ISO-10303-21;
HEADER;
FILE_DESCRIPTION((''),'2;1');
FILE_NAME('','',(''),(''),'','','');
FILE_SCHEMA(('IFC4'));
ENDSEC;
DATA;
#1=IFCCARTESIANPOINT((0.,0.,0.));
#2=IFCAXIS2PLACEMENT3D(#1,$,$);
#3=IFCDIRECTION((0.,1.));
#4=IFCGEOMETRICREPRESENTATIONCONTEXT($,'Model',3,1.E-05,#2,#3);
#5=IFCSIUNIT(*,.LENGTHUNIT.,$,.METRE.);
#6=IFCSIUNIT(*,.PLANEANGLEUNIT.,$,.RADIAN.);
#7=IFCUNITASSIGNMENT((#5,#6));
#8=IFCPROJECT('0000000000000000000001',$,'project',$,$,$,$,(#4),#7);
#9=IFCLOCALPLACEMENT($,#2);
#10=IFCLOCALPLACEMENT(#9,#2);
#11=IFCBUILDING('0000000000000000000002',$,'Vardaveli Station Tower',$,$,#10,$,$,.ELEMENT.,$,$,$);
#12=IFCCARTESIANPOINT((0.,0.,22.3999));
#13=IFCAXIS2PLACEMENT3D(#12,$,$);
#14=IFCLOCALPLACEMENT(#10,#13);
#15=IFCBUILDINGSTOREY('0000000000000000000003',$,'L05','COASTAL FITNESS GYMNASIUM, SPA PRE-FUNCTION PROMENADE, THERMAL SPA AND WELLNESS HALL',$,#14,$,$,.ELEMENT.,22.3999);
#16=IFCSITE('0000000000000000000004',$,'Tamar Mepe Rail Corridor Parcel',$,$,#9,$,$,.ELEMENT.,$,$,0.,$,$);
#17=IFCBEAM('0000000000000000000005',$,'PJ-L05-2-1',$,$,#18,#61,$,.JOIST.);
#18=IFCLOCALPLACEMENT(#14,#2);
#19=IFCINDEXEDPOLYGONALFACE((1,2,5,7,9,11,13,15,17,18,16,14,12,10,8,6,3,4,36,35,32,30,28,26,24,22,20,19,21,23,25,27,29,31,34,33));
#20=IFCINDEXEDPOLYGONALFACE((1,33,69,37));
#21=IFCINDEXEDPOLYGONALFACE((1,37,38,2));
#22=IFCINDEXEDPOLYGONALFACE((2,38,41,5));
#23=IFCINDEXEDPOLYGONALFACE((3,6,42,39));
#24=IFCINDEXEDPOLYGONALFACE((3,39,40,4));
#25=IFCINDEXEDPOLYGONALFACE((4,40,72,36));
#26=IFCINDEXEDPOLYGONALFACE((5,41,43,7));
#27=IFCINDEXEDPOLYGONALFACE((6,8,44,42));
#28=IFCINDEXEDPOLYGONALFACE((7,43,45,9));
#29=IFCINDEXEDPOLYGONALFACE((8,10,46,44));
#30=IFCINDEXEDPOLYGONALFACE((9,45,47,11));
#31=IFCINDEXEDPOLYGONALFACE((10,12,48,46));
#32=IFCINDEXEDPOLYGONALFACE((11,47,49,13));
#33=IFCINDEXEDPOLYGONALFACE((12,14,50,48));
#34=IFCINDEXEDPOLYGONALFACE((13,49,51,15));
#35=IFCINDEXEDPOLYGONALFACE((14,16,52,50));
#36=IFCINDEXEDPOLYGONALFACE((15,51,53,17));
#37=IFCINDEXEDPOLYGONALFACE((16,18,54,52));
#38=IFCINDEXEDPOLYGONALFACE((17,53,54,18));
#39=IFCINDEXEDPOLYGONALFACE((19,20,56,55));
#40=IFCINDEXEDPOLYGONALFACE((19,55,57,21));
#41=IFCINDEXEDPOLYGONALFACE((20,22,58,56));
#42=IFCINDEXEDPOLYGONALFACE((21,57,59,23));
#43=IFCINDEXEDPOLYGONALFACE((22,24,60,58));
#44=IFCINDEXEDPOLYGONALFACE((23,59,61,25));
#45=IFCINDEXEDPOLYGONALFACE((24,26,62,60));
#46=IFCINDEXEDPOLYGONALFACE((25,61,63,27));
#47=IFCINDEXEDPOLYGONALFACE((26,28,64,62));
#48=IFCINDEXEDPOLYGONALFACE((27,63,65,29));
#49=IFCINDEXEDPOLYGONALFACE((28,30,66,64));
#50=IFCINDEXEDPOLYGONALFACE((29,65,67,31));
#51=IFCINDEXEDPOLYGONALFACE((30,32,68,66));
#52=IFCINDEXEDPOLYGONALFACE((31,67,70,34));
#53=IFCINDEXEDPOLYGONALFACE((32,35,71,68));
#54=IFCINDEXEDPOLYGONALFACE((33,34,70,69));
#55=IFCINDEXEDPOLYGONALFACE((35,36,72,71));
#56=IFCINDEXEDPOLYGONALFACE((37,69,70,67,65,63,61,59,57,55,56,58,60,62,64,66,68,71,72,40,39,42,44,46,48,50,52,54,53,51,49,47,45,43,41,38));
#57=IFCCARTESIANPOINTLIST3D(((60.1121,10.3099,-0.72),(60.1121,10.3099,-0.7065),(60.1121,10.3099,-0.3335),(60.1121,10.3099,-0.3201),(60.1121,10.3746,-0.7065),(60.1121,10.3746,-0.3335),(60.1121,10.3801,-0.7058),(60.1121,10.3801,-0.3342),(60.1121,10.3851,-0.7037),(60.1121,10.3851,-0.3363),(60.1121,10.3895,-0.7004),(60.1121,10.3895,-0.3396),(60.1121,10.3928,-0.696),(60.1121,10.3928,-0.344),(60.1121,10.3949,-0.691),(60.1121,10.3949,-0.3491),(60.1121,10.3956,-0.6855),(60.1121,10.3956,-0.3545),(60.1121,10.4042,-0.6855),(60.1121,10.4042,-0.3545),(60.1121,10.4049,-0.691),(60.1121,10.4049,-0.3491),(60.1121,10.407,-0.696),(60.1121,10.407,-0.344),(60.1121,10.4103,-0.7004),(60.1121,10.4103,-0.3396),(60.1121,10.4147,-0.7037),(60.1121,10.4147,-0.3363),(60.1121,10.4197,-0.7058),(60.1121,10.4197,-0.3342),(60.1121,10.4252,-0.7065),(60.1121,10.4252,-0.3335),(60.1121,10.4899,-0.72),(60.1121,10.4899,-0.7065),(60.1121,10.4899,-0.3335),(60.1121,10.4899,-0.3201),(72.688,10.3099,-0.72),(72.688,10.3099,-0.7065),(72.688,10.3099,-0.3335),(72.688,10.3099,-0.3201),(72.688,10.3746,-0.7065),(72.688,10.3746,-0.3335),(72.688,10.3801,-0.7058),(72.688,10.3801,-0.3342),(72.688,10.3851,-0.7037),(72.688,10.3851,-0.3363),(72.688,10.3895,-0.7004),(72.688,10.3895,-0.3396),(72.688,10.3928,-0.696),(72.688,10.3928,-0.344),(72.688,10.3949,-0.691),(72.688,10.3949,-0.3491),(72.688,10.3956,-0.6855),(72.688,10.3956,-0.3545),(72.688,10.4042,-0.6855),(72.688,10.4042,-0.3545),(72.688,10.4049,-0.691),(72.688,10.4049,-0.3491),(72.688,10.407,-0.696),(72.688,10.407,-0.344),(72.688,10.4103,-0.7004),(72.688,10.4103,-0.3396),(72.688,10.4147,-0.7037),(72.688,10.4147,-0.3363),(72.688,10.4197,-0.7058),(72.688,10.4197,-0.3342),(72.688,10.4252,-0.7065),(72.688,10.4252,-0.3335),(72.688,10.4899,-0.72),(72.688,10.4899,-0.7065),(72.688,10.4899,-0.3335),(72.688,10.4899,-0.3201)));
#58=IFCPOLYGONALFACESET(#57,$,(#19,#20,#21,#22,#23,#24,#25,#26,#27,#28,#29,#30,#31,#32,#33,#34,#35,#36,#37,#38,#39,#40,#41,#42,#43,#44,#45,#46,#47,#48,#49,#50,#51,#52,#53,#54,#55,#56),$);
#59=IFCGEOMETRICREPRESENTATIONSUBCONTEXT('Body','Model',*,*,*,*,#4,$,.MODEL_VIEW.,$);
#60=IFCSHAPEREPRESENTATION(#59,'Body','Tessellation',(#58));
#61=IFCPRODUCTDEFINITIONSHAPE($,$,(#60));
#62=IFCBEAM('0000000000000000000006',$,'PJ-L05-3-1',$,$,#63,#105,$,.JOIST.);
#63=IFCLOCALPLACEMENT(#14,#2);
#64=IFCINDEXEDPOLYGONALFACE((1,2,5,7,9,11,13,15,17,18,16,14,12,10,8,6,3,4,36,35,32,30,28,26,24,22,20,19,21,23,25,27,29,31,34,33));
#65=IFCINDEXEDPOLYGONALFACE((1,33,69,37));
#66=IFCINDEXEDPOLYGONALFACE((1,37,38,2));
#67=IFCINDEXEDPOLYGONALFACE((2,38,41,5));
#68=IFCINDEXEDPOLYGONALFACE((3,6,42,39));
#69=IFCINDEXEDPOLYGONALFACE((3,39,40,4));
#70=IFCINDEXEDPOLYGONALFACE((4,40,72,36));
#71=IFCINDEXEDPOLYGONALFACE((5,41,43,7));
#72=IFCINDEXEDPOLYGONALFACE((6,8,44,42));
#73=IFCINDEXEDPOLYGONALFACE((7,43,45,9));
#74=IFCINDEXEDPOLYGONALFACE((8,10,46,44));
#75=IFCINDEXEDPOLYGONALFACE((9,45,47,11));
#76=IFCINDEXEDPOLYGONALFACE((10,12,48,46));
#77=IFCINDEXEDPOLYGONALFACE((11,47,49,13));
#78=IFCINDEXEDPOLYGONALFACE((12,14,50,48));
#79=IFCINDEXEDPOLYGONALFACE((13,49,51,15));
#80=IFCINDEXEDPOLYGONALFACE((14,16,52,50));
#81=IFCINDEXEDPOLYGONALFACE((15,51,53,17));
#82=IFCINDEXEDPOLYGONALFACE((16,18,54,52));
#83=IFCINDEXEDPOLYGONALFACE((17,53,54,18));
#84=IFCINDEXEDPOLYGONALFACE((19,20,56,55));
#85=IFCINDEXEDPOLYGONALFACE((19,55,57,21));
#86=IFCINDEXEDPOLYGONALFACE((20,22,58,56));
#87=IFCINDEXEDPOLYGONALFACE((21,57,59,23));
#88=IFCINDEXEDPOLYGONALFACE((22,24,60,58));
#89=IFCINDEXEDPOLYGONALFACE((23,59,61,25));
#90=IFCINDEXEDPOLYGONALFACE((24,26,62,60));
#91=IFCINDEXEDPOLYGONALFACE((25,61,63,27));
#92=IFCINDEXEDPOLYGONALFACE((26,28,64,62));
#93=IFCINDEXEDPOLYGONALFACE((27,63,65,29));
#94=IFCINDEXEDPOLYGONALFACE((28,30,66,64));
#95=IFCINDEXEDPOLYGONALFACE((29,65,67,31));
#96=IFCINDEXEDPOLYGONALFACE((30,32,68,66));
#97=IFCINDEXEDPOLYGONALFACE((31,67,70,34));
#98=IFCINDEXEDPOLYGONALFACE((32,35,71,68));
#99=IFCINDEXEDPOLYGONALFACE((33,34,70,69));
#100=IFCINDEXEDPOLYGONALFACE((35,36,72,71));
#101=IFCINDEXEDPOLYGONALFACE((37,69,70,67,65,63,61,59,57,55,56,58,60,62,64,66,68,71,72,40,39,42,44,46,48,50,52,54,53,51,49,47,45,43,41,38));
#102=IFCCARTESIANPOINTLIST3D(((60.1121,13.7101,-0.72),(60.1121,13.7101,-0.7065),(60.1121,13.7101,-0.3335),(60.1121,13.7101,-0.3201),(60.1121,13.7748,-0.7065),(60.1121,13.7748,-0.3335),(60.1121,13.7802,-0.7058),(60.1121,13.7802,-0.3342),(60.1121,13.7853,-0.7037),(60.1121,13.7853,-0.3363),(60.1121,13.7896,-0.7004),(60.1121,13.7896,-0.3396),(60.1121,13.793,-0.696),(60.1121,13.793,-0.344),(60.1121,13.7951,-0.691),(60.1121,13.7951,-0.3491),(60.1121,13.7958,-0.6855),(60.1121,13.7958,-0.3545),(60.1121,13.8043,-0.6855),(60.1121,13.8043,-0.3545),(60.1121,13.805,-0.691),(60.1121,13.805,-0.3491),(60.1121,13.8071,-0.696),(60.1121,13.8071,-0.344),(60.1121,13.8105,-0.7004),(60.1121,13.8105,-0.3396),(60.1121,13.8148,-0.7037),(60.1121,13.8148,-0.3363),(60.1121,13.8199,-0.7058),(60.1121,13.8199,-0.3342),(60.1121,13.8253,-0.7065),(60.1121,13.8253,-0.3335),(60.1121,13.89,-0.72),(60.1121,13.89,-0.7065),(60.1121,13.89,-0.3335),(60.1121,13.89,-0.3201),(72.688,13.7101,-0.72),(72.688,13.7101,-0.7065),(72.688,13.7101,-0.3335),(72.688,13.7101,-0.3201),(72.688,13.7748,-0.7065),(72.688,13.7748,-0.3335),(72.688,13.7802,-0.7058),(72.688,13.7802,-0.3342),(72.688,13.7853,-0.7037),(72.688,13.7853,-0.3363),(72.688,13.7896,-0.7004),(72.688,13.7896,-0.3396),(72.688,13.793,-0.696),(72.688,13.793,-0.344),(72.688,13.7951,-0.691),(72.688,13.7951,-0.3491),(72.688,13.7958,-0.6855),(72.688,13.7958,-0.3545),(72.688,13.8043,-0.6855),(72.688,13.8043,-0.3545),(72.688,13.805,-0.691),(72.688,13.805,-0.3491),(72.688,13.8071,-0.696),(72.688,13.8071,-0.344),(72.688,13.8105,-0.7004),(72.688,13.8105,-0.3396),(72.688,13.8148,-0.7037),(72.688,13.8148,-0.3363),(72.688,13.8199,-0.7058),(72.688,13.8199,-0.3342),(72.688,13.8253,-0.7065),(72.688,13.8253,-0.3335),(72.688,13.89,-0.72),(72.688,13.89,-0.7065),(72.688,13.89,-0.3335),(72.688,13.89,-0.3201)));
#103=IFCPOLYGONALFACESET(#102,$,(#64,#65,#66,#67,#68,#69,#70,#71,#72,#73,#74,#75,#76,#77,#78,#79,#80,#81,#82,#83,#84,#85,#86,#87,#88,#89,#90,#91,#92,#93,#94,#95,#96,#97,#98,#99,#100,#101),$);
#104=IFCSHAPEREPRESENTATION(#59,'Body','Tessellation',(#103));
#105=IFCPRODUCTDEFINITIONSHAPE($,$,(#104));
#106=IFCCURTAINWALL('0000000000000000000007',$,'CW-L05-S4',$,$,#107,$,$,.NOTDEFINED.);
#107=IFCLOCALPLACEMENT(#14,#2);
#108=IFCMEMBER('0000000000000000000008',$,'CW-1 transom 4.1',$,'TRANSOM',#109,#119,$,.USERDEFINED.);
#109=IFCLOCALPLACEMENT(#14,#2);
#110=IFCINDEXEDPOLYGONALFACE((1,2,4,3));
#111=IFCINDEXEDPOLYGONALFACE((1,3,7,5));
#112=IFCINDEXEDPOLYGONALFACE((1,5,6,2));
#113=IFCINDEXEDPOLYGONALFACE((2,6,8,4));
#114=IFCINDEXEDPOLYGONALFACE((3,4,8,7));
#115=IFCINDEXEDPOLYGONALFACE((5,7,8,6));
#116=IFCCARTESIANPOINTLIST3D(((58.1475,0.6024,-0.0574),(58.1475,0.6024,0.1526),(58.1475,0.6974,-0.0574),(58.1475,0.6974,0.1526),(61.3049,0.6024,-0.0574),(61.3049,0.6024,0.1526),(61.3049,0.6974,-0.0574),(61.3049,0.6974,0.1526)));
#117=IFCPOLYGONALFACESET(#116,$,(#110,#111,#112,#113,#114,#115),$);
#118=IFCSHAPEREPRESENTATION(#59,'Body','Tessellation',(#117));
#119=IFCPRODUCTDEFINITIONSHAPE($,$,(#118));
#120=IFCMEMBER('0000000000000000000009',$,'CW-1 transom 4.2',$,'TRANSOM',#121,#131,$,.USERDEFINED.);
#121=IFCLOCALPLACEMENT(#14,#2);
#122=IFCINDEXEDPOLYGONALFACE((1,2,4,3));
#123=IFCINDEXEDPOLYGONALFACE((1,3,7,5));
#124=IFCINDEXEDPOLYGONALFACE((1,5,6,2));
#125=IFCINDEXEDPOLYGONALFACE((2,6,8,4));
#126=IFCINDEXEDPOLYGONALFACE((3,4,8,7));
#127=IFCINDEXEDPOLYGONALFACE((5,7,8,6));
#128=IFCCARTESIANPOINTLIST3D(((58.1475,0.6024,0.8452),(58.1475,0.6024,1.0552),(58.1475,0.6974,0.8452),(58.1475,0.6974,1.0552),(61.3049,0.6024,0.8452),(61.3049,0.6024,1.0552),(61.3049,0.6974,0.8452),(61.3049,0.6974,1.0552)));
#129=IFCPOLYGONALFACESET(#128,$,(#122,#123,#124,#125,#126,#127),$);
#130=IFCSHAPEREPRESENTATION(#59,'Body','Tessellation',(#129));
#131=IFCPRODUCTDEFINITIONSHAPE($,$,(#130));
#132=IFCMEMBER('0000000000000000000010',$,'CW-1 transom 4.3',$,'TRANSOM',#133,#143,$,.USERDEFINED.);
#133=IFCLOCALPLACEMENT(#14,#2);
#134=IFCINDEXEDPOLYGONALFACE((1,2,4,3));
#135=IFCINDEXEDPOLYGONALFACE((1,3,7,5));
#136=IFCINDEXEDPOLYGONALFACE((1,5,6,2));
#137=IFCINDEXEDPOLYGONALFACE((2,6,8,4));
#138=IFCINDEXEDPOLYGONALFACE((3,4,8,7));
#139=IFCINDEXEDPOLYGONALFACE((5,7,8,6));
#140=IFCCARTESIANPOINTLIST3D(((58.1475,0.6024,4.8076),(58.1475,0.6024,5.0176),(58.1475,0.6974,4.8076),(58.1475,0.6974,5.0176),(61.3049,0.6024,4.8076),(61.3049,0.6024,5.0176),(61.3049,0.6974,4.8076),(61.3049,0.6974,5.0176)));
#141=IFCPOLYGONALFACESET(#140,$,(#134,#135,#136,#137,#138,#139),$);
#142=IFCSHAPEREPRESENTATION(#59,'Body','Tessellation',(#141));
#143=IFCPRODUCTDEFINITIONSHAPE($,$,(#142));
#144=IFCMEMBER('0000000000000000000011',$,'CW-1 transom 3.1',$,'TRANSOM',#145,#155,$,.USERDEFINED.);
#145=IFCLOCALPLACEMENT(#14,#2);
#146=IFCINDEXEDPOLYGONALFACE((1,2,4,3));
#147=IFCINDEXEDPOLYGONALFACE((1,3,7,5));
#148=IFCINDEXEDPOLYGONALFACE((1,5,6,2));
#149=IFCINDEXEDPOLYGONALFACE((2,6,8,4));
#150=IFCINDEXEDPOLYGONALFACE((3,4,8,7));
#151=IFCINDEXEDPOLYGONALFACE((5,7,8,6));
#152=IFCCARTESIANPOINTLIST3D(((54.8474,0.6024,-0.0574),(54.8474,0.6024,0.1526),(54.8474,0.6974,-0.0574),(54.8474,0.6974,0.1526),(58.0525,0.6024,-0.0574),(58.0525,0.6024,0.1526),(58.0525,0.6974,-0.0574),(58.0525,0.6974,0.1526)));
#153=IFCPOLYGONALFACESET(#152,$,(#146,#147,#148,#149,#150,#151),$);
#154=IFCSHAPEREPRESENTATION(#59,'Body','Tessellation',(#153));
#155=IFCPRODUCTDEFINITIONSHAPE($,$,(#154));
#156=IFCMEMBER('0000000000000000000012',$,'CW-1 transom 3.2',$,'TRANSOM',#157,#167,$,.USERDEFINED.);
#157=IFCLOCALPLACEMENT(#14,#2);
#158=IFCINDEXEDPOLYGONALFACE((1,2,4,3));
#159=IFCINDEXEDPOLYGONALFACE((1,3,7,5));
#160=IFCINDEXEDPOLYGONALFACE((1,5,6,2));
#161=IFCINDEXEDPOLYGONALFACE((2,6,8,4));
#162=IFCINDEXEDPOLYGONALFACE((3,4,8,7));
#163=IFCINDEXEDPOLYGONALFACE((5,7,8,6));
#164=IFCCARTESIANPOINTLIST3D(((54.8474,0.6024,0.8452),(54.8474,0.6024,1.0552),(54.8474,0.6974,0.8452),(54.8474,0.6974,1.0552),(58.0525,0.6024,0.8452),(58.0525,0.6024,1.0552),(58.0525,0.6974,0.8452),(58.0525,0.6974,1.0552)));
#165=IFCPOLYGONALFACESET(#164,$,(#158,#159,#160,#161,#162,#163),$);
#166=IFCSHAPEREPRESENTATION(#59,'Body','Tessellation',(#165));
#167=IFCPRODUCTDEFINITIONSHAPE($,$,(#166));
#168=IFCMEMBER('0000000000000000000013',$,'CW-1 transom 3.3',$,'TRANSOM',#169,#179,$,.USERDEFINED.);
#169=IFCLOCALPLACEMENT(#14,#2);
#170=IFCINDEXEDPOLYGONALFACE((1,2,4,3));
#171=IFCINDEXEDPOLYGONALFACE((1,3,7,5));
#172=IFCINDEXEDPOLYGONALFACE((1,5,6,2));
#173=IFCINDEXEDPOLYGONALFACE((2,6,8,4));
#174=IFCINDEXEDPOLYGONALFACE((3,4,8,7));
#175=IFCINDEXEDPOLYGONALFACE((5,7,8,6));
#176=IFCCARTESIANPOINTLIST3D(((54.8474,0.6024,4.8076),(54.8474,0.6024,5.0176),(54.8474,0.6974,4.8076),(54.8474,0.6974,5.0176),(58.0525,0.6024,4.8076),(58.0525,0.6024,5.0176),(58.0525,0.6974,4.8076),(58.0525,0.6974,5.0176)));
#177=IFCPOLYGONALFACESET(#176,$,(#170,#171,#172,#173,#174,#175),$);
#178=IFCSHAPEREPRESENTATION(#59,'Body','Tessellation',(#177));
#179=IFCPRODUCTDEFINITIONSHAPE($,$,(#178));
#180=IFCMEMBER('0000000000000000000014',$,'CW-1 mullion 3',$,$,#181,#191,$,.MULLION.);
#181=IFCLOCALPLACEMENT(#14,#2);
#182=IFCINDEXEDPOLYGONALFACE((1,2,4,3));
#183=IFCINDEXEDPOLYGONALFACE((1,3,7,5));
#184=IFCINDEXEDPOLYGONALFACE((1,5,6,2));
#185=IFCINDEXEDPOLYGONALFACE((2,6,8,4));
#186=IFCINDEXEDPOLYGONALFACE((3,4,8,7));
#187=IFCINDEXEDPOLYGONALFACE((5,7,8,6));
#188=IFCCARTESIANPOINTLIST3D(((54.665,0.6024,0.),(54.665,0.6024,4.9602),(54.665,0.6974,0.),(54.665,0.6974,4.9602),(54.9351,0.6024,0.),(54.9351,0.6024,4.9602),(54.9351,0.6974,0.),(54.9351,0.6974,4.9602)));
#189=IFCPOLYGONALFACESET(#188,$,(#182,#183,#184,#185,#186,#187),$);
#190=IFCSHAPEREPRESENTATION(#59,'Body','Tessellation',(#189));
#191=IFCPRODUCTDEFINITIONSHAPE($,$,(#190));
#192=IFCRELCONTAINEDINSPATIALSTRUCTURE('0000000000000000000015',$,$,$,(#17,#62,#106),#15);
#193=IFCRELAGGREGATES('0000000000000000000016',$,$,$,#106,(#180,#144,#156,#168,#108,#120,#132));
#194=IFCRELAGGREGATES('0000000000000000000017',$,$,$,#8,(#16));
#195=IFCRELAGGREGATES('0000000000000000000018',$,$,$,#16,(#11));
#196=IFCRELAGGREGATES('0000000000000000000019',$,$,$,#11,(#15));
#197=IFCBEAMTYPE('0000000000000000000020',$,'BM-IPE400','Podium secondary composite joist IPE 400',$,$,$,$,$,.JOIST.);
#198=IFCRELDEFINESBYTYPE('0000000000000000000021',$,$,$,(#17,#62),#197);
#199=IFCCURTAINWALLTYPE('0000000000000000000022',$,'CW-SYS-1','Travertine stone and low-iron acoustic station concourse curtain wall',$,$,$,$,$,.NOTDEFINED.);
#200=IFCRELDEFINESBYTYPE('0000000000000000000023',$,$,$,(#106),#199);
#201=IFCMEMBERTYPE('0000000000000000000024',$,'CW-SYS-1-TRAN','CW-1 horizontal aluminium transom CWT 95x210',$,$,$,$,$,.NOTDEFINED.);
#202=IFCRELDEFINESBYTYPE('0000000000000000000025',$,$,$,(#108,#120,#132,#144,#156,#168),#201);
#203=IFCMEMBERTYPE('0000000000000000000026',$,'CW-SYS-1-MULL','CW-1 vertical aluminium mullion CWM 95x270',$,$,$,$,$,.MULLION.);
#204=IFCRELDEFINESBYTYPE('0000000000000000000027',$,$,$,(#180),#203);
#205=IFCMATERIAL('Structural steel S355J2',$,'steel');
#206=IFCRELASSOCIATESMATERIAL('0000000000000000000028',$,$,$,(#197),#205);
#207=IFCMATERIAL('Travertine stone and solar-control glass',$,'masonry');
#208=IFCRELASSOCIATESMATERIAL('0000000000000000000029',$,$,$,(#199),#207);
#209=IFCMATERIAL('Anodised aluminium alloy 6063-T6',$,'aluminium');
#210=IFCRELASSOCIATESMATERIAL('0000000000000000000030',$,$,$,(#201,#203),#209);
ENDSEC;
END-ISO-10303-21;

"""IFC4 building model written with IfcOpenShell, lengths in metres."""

from ifc_helpers import new_model, si_unit, direction, frame, origin, origin_2d, place, context, subcontext, project, spatial, rectangle, i_section, extrude, source, transform, mapped, material, material_profile, profile_set, type_object, element, aggregate, save


model = new_model("IFC4")

# Units and contexts
model_context = context("Model", 3, precision=1e-05, world=origin(), true_north=direction((0.0, 1.0)))
body_context = subcontext(model_context, "Body", "Model", "MODEL_VIEW")
ifc_project = project(units=[si_unit("LENGTHUNIT", "METRE"), si_unit("PLANEANGLEUNIT", "RADIAN")], contexts=[model_context])

# Site, building, storey
site_placement = place(None, origin())
site = spatial("IfcSite", under=ifc_project, at=site_placement, Name="Tamar Mepe Rail Corridor Parcel", CompositionType="ELEMENT", RefElevation=0.0)
building_placement = place(site_placement, origin())
building = spatial("IfcBuilding", under=site, at=building_placement, Name="Vardaveli Station Tower", CompositionType="ELEMENT")
storey_placement = place(building_placement, frame((0.0, 0.0, 22.3999)))
storey = spatial("IfcBuildingStorey", under=building, at=storey_placement, Name="L05", Description="COASTAL FITNESS GYMNASIUM, SPA PRE-FUNCTION PROMENADE, THERMAL SPA AND WELLNESS HALL", CompositionType="ELEMENT", Elevation=22.3999)

# Beams
ifc_material_1 = material(Name="Structural steel S355J2", Category="steel")
ifc_material_profile_1 = material_profile(ifc_material_1, i_section(OverallWidth=0.1799, OverallDepth=0.3999, WebThickness=0.0085, FlangeThickness=0.0134, FilletRadius=0.021, at=origin_2d()), Name="IPE 400")
ifc_profile_set_1 = profile_set([ifc_material_profile_1], Name="Structural steel S355J2")
beam_type_1 = type_object("IfcBeamType", Name="BM-IPE400", Description="Podium secondary composite joist IPE 400", PredefinedType="JOIST", material=ifc_profile_set_1)
shared_shape_1 = source(origin(), body_context, "Body", "SweptSolid", [
    extrude(i_section(OverallWidth=0.1799, OverallDepth=0.3999, WebThickness=0.0085, FlangeThickness=0.0134, FilletRadius=0.021, at=origin_2d()), origin(), (0.0, 0.0, 1.0), 12.5759),
])
for number, where, z_axis, x_axis, name in (
    (1, (60.1121, 10.3999, -0.52), (1.0, 0.0, 0.0), (0.0, 1.0, 0.0), "PJ-L05-2-1"),
    (2, (60.1121, 13.8, -0.52), (1.0, 0.0, 0.0), (0.0, 1.0, 0.0), "PJ-L05-3-1"),
):
    element("IfcBeam", number, at=place(storey_placement, frame(where, z_axis=z_axis, x_axis=x_axis)), inside=storey, type_object=beam_type_1, Name=name, PredefinedType="JOIST", context=body_context, shape_type="MappedRepresentation", body=[
        mapped(shared_shape_1, transform((0.0, 0.0, 0.0), scale=1.0)),
    ])

# Curtain wall, members
ifc_material_2 = material(Name="Travertine stone and solar-control glass", Category="masonry")
curtain_wall_type = type_object("IfcCurtainWallType", Name="CW-SYS-1", Description="Travertine stone and low-iron acoustic station concourse curtain wall", PredefinedType="NOTDEFINED", material=ifc_material_2)
curtain_wall_placement = place(storey_placement, origin())
curtain_wall = element("IfcCurtainWall", 3, at=curtain_wall_placement, inside=storey, type_object=curtain_wall_type, Name="CW-L05-S4", PredefinedType="NOTDEFINED")
ifc_material_3 = material(Name="Anodised aluminium alloy 6063-T6", Category="aluminium")
ifc_material_profile_2 = material_profile(ifc_material_3, rectangle(XDim=0.095, YDim=0.21, at=origin_2d()), Name="CWT 95x210")
ifc_profile_set_2 = profile_set([ifc_material_profile_2], Name="Anodised aluminium alloy 6063-T6")
member_type_1 = type_object("IfcMemberType", Name="CW-SYS-1-TRAN", Description="CW-1 horizontal aluminium transom CWT 95x210", PredefinedType="NOTDEFINED", material=ifc_profile_set_2)
shared_shape_2 = source(origin(), body_context, "Body", "SweptSolid", [
    extrude(rectangle(XDim=0.095, YDim=0.21, at=origin_2d()), origin(), (0.0, 0.0, 1.0), 3.1575),
])
member_1_placement = place(storey_placement, frame((58.1475, 0.6499, 0.0476), z_axis=(1.0, 0.0, 0.0), x_axis=(0.0, 1.0, 0.0)))
member_1 = element("IfcMember", 4, at=member_1_placement, type_object=member_type_1, Name="CW-1 transom 4.1", ObjectType="TRANSOM", PredefinedType="USERDEFINED", context=body_context, shape_type="MappedRepresentation", body=[
    mapped(shared_shape_2, transform((0.0, 0.0, 0.0), scale=1.0)),
])
member_2_placement = place(storey_placement, frame((58.1475, 0.6499, 0.9502), z_axis=(1.0, 0.0, 0.0), x_axis=(0.0, 1.0, 0.0)))
member_2 = element("IfcMember", 5, at=member_2_placement, type_object=member_type_1, Name="CW-1 transom 4.2", ObjectType="TRANSOM", PredefinedType="USERDEFINED", context=body_context, shape_type="MappedRepresentation", body=[
    mapped(shared_shape_2, transform((0.0, 0.0, 0.0), scale=1.0)),
])
member_3_placement = place(storey_placement, frame((58.1475, 0.6499, 4.9126), z_axis=(1.0, 0.0, 0.0), x_axis=(0.0, 1.0, 0.0)))
member_3 = element("IfcMember", 6, at=member_3_placement, type_object=member_type_1, Name="CW-1 transom 4.3", ObjectType="TRANSOM", PredefinedType="USERDEFINED", context=body_context, shape_type="MappedRepresentation", body=[
    mapped(shared_shape_2, transform((0.0, 0.0, 0.0), scale=1.0)),
])
shared_shape_3 = source(origin(), body_context, "Body", "SweptSolid", [
    extrude(rectangle(XDim=0.095, YDim=0.21, at=origin_2d()), origin(), (0.0, 0.0, 1.0), 3.2051),
])
member_4_placement = place(storey_placement, frame((54.8474, 0.6499, 0.0476), z_axis=(1.0, 0.0, 0.0), x_axis=(0.0, 1.0, 0.0)))
member_4 = element("IfcMember", 7, at=member_4_placement, type_object=member_type_1, Name="CW-1 transom 3.1", ObjectType="TRANSOM", PredefinedType="USERDEFINED", context=body_context, shape_type="MappedRepresentation", body=[
    mapped(shared_shape_3, transform((0.0, 0.0, 0.0), scale=1.0)),
])
member_5_placement = place(storey_placement, frame((54.8474, 0.6499, 0.9502), z_axis=(1.0, 0.0, 0.0), x_axis=(0.0, 1.0, 0.0)))
member_5 = element("IfcMember", 8, at=member_5_placement, type_object=member_type_1, Name="CW-1 transom 3.2", ObjectType="TRANSOM", PredefinedType="USERDEFINED", context=body_context, shape_type="MappedRepresentation", body=[
    mapped(shared_shape_3, transform((0.0, 0.0, 0.0), scale=1.0)),
])
member_6_placement = place(storey_placement, frame((54.8474, 0.6499, 4.9126), z_axis=(1.0, 0.0, 0.0), x_axis=(0.0, 1.0, 0.0)))
member_6 = element("IfcMember", 9, at=member_6_placement, type_object=member_type_1, Name="CW-1 transom 3.3", ObjectType="TRANSOM", PredefinedType="USERDEFINED", context=body_context, shape_type="MappedRepresentation", body=[
    mapped(shared_shape_3, transform((0.0, 0.0, 0.0), scale=1.0)),
])
ifc_material_profile_3 = material_profile(ifc_material_3, rectangle(XDim=0.095, YDim=0.27, at=origin_2d()), Name="CWM 95x270")
ifc_profile_set_3 = profile_set([ifc_material_profile_3], Name="Anodised aluminium alloy 6063-T6")
member_type_2 = type_object("IfcMemberType", Name="CW-SYS-1-MULL", Description="CW-1 vertical aluminium mullion CWM 95x270", PredefinedType="MULLION", material=ifc_profile_set_3)
shared_shape_4 = source(origin(), body_context, "Body", "SweptSolid", [
    extrude(rectangle(XDim=0.095, YDim=0.27, at=origin_2d()), origin(), (0.0, 0.0, 1.0), 4.9602),
])
member_7_placement = place(storey_placement, frame((54.8, 0.6499, 0.0), z_axis=(0.0, 0.0, 1.0), x_axis=(0.0, 1.0, 0.0)))
member_7 = element("IfcMember", 10, at=member_7_placement, type_object=member_type_2, Name="CW-1 mullion 3", PredefinedType="MULLION", context=body_context, shape_type="MappedRepresentation", body=[
    mapped(shared_shape_4, transform((0.0, 0.0, 0.0), scale=1.0)),
])
aggregate(curtain_wall, [member_7, member_4, member_5, member_6, member_1, member_2, member_3])

save(model, "model.ifc")
